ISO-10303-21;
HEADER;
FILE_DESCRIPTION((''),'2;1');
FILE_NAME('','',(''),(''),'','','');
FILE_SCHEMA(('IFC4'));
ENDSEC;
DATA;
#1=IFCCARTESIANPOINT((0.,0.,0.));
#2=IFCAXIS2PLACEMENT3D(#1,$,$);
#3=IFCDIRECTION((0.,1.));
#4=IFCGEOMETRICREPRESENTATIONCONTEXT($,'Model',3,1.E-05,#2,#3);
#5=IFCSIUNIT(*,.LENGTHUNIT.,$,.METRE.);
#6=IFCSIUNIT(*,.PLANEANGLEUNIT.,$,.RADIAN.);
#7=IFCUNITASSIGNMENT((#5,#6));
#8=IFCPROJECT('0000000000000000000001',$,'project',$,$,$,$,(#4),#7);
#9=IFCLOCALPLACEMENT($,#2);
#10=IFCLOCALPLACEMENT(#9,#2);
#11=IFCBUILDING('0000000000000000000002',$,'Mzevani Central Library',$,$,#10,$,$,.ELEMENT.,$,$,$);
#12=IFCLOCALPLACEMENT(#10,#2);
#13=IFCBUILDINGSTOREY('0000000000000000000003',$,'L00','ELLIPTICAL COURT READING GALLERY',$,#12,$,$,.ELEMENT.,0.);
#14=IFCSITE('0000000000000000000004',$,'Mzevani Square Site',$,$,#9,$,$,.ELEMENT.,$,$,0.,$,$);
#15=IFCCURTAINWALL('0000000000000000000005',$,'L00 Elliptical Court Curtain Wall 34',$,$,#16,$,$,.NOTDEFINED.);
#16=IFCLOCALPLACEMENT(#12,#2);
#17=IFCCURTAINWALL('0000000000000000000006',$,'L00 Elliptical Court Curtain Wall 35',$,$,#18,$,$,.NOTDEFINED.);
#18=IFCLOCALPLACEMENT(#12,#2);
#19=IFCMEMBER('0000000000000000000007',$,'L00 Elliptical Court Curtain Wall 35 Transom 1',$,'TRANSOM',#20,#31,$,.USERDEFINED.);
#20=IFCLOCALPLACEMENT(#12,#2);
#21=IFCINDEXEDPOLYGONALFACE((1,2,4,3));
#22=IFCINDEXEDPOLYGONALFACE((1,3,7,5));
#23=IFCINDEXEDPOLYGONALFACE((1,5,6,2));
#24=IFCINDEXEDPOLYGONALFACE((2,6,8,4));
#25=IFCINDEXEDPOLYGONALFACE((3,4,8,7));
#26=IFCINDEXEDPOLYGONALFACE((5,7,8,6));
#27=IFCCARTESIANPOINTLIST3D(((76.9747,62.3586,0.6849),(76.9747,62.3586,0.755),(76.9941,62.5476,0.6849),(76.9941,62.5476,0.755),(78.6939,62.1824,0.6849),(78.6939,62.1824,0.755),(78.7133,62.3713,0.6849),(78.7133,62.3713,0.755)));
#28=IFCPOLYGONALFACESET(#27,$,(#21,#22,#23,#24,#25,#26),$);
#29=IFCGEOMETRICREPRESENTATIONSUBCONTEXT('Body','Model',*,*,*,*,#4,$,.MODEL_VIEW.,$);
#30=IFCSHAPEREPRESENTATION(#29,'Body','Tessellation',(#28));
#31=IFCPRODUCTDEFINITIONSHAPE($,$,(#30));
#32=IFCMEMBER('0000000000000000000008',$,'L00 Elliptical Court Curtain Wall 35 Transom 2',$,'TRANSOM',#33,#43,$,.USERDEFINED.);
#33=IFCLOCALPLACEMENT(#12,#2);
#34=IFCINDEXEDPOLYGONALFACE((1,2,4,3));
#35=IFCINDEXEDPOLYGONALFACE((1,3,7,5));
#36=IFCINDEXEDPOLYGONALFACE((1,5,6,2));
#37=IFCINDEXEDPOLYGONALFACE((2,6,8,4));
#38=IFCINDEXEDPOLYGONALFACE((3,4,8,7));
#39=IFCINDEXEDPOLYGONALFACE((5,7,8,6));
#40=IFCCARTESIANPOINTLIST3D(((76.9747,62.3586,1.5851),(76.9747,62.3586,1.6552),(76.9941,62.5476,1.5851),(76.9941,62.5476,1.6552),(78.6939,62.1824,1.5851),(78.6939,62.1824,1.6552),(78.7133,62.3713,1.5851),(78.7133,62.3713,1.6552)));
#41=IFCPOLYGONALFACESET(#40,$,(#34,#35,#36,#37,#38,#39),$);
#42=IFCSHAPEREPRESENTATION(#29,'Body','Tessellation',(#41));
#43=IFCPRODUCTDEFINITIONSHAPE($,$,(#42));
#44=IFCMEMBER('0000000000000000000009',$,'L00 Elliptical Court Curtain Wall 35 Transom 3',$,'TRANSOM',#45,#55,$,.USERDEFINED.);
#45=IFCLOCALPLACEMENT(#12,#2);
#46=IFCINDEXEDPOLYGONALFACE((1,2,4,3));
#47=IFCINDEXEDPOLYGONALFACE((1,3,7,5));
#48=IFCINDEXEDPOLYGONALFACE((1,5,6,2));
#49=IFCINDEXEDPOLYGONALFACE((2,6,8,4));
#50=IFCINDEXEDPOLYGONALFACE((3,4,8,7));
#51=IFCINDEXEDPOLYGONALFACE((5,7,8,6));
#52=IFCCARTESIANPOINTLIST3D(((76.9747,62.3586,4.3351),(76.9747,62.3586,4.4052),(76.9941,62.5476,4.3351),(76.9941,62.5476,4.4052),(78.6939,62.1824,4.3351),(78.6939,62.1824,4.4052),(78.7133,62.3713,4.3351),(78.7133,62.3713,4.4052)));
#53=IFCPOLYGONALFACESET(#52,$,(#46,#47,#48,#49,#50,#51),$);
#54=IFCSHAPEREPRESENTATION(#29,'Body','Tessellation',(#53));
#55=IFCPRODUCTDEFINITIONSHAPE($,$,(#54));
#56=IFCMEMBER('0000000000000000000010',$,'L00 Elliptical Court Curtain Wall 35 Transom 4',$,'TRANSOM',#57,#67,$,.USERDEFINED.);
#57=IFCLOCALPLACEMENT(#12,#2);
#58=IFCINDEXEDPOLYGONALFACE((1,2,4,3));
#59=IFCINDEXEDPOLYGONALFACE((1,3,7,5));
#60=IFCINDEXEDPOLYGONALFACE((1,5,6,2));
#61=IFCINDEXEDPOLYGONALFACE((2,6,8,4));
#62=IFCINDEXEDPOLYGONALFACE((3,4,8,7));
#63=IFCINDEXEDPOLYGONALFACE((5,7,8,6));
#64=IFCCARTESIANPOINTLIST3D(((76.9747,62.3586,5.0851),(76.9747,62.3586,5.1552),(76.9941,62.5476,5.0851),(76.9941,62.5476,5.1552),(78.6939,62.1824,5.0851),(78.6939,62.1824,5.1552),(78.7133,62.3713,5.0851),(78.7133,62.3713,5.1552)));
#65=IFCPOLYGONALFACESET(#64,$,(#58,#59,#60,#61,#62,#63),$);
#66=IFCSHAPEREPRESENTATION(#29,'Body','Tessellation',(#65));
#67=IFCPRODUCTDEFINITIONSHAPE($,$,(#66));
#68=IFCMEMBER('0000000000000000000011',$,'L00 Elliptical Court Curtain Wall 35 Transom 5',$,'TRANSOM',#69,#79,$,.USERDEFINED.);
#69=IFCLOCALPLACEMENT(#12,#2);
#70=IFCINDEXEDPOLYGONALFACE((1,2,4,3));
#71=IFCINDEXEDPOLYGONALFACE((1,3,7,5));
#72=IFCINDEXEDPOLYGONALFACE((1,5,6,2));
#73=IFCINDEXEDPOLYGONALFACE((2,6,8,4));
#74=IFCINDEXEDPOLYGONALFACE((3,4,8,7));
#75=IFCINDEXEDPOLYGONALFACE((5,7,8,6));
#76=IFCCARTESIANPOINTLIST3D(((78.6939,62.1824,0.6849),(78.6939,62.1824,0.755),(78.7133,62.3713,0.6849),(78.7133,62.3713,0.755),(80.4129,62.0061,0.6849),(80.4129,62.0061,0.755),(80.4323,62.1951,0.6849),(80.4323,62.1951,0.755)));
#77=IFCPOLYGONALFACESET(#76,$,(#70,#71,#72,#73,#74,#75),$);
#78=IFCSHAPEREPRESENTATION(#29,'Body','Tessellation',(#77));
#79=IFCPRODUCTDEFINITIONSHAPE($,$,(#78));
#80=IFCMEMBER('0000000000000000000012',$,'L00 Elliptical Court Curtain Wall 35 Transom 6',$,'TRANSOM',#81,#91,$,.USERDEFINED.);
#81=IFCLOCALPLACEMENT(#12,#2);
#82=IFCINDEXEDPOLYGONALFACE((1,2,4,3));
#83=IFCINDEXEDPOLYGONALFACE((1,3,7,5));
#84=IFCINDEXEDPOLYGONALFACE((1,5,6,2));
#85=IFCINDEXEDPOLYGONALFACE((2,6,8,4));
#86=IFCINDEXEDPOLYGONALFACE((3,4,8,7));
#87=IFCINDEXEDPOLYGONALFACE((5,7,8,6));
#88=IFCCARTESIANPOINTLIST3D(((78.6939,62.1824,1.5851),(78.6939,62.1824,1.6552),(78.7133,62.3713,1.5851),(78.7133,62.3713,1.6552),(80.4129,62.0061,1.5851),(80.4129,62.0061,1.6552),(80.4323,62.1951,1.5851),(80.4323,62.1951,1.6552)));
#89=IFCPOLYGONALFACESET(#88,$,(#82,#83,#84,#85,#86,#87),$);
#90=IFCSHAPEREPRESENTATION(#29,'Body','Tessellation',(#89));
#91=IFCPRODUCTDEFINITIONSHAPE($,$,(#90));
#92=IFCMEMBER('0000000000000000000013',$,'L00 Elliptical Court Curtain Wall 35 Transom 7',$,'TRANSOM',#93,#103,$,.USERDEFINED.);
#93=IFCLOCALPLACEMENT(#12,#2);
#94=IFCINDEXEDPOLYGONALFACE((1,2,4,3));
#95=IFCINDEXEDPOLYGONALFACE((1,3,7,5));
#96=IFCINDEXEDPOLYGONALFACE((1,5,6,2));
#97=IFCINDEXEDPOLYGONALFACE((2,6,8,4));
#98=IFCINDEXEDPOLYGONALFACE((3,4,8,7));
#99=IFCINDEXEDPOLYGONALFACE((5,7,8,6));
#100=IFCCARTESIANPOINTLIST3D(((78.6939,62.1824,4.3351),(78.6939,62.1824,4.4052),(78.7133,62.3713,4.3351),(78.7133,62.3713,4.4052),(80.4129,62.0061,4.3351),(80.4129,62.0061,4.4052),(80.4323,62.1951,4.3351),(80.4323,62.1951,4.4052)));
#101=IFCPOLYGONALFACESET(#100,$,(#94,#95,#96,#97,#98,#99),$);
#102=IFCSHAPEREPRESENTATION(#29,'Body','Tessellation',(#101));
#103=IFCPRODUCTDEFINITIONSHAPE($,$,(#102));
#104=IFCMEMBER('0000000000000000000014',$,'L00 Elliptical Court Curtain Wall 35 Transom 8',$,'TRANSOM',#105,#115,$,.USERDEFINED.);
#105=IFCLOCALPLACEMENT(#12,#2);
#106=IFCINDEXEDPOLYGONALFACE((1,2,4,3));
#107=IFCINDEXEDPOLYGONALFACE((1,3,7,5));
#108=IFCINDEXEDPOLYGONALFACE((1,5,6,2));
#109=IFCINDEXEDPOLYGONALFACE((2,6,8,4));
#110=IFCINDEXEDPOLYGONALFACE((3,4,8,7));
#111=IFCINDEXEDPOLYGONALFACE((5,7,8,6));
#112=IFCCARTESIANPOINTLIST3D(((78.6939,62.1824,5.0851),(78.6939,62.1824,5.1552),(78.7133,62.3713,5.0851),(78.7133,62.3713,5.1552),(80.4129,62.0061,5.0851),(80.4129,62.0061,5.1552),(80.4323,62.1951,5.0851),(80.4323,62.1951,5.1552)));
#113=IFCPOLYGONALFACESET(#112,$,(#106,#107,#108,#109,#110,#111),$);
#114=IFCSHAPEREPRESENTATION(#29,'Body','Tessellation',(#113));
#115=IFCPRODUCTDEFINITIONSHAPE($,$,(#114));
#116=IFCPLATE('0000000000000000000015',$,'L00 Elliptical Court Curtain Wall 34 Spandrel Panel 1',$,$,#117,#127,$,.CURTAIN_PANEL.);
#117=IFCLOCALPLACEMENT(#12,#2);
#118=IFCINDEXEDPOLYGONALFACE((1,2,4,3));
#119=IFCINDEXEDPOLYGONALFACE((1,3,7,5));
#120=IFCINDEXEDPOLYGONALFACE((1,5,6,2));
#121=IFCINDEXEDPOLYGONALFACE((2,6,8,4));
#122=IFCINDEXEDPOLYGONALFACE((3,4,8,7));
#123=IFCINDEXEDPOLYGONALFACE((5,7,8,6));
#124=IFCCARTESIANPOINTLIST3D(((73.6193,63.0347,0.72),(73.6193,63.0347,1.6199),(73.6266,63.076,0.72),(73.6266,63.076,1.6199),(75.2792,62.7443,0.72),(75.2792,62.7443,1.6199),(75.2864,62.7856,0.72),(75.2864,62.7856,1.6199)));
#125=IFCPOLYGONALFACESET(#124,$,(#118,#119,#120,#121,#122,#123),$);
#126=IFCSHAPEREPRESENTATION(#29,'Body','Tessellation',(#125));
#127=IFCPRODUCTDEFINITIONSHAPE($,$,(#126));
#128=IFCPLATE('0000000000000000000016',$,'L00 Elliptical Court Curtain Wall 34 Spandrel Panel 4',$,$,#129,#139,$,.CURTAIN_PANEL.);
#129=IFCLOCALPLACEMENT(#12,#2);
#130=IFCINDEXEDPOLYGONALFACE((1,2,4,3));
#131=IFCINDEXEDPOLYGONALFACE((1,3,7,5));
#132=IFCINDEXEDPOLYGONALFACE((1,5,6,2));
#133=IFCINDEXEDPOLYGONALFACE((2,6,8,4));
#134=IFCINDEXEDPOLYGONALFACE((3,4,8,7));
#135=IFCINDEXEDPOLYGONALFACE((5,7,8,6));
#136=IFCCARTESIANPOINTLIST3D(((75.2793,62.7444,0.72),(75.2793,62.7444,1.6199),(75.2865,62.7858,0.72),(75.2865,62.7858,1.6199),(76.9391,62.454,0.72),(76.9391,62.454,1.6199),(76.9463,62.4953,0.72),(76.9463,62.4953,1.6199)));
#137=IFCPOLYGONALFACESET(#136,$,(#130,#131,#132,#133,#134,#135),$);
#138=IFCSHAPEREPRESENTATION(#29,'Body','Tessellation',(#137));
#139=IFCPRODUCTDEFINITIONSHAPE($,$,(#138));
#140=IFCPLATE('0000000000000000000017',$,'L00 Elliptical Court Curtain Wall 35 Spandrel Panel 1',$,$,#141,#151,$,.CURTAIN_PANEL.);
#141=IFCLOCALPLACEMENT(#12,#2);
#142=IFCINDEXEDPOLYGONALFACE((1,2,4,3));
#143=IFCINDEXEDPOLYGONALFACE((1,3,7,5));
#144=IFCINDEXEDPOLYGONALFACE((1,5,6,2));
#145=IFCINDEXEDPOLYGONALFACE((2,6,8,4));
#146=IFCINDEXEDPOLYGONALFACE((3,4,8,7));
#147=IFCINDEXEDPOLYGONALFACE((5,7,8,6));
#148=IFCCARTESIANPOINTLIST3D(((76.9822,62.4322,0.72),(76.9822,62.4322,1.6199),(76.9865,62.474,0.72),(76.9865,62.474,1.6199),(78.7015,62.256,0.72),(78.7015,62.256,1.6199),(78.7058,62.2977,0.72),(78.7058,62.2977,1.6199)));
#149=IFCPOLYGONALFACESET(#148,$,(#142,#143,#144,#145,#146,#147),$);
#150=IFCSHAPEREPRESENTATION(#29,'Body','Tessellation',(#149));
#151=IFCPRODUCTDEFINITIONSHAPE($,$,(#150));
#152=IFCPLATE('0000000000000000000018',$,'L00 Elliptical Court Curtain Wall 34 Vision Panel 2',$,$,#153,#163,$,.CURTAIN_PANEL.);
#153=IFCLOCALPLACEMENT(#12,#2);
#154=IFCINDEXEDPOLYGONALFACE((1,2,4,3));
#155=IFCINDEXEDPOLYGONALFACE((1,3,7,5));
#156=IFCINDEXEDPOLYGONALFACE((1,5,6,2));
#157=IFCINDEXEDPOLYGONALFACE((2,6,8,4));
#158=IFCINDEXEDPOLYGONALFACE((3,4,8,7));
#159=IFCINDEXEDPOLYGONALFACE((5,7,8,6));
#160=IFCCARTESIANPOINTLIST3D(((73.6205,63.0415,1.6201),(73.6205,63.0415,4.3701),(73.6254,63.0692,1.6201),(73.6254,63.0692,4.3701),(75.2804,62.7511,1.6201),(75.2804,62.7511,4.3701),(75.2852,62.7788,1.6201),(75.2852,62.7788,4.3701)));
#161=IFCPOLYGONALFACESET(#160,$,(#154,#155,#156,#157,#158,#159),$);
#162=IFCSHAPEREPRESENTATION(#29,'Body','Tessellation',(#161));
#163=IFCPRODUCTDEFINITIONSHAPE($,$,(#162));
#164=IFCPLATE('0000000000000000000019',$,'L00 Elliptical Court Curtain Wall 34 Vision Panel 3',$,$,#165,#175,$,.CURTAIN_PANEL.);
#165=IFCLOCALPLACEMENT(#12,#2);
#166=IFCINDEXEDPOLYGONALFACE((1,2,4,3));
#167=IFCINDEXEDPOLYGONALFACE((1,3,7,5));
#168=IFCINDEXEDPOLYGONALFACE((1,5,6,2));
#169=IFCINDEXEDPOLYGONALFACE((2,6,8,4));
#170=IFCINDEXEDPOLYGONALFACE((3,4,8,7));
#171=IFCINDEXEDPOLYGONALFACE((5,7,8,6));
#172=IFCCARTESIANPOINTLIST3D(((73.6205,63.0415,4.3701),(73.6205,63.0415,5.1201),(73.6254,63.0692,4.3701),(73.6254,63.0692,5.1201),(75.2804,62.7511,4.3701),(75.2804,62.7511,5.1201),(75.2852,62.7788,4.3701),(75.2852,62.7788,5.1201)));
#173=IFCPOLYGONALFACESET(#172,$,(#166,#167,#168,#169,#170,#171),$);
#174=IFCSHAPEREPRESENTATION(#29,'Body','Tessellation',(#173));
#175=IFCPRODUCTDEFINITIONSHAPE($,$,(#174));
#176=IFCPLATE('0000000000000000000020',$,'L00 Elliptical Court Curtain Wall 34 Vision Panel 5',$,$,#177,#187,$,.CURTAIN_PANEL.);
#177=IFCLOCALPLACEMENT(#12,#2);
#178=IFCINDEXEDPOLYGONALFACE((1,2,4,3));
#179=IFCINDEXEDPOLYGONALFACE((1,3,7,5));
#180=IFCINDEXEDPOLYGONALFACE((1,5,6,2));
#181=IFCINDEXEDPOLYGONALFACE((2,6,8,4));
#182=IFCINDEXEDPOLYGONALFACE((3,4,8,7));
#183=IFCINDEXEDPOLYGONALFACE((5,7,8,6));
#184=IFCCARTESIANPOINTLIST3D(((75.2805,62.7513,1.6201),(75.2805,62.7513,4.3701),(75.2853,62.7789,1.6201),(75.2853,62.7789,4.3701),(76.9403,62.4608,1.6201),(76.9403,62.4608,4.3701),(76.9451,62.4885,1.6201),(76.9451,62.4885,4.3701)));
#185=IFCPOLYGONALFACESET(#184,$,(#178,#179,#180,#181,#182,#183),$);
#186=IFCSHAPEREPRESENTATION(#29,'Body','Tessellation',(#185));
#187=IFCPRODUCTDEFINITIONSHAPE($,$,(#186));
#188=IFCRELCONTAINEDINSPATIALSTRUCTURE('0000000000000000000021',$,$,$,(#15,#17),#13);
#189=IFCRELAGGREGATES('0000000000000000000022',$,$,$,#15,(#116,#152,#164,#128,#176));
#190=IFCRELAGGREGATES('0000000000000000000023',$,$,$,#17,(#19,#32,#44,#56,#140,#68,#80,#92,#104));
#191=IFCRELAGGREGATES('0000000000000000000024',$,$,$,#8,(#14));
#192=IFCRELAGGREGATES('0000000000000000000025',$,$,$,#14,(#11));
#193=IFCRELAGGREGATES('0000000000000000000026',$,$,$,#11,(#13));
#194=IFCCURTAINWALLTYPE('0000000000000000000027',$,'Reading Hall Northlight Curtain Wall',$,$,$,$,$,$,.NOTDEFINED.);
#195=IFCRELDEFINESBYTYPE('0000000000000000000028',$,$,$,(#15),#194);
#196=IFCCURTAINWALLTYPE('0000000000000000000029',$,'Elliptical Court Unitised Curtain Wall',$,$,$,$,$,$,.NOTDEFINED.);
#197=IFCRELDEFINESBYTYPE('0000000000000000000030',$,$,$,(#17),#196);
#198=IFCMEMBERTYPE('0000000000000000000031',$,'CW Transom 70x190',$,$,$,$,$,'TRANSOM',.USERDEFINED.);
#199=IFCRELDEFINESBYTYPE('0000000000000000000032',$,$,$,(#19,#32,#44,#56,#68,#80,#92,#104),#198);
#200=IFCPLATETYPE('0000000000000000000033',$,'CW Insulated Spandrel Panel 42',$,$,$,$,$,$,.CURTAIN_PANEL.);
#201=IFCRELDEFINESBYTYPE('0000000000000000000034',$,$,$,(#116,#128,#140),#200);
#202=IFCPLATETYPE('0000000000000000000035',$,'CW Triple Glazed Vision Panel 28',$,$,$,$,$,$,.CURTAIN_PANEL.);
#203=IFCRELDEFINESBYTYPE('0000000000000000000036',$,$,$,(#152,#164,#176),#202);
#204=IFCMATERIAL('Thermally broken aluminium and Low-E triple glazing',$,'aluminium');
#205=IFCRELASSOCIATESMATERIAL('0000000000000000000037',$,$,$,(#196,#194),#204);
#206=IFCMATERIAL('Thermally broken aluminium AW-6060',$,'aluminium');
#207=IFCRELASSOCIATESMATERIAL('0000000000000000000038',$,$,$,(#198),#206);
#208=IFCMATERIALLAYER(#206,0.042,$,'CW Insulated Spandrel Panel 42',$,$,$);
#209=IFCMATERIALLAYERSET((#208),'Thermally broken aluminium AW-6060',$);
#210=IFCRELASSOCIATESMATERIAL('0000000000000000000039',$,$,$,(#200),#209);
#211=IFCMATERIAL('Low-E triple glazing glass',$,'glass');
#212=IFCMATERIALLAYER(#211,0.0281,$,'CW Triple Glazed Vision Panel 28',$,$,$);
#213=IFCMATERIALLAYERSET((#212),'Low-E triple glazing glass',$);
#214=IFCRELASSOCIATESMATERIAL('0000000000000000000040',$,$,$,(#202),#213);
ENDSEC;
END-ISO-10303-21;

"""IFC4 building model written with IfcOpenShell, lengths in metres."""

from ifc_helpers import new_model, si_unit, direction, frame, origin, origin_2d, place, context, subcontext, project, spatial, rectangle, extrude, material, layer, layer_set, material_profile, profile_set, type_object, element, aggregate, save


model = new_model("IFC4")

# Units and contexts
model_context = context("Model", 3, precision=1e-05, world=origin(), true_north=direction((0.0, 1.0)))
body_context = subcontext(model_context, "Body", "Model", "MODEL_VIEW")
ifc_project = project(units=[si_unit("LENGTHUNIT", "METRE"), si_unit("PLANEANGLEUNIT", "RADIAN")], contexts=[model_context])

# Site, building, storey
site_placement = place(None, origin())
site = spatial("IfcSite", under=ifc_project, at=site_placement, Name="Mzevani Square Site", CompositionType="ELEMENT", RefElevation=0.0)
building_placement = place(site_placement, origin())
building = spatial("IfcBuilding", under=site, at=building_placement, Name="Mzevani Central Library", CompositionType="ELEMENT")
storey_placement = place(building_placement, origin())
storey = spatial("IfcBuildingStorey", under=building, at=storey_placement, Name="L00", Description="ELLIPTICAL COURT READING GALLERY", CompositionType="ELEMENT", Elevation=0.0)

# Shared definitions
ifc_material_1 = material(Name="Thermally broken aluminium and Low-E triple glazing", Category="aluminium")
curtain_wall_type_1 = type_object("IfcCurtainWallType", Name="Elliptical Court Unitised Curtain Wall", PredefinedType="NOTDEFINED", material=ifc_material_1)
ifc_material_2 = material(Name="Thermally broken aluminium AW-6060", Category="aluminium")

# Curtain wall
curtain_wall_type_2 = type_object("IfcCurtainWallType", Name="Reading Hall Northlight Curtain Wall", PredefinedType="NOTDEFINED", material=ifc_material_1)
curtain_wall_1_placement = place(storey_placement, origin())
curtain_wall_1 = element("IfcCurtainWall", 1, at=curtain_wall_1_placement, inside=storey, type_object=curtain_wall_type_2, Name="L00 Elliptical Court Curtain Wall 34", PredefinedType="NOTDEFINED")

# Curtain wall
curtain_wall_2_placement = place(storey_placement, origin())
curtain_wall_2 = element("IfcCurtainWall", 2, at=curtain_wall_2_placement, inside=storey, type_object=curtain_wall_type_1, Name="L00 Elliptical Court Curtain Wall 35", PredefinedType="NOTDEFINED")

# Members
ifc_material_profile_1 = material_profile(ifc_material_2, rectangle(XDim=0.1899, YDim=0.0701, at=origin_2d()), Name="ALU T70x190")
ifc_profile_set_1 = profile_set([ifc_material_profile_1], Name="Thermally broken aluminium AW-6060")
member_type_1 = type_object("IfcMemberType", Name="CW Transom 70x190", ElementType="TRANSOM", PredefinedType="USERDEFINED", material=ifc_profile_set_1)
member_1_placement = place(storey_placement, frame((76.9844, 62.4531, 0.72), z_axis=(0.994785, -0.101993, 0.0), x_axis=(0.101993, 0.994785, 0.0)))
member_1 = element("IfcMember", 3, at=member_1_placement, type_object=member_type_1, Name="L00 Elliptical Court Curtain Wall 35 Transom 1", ObjectType="TRANSOM", PredefinedType="USERDEFINED", context=body_context, shape_type="SweptSolid", body=[
    extrude(rectangle(XDim=0.1899, YDim=0.0701, at=origin_2d()), origin(), (0.0, 0.0, 1.0), 1.7283),
])
member_2_placement = place(storey_placement, frame((76.9844, 62.4531, 1.6201), z_axis=(0.994785, -0.101993, 0.0), x_axis=(0.101993, 0.994785, 0.0)))
member_2 = element("IfcMember", 4, at=member_2_placement, type_object=member_type_1, Name="L00 Elliptical Court Curtain Wall 35 Transom 2", ObjectType="TRANSOM", PredefinedType="USERDEFINED", context=body_context, shape_type="SweptSolid", body=[
    extrude(rectangle(XDim=0.1899, YDim=0.0701, at=origin_2d()), origin(), (0.0, 0.0, 1.0), 1.7283),
])
member_3_placement = place(storey_placement, frame((76.9844, 62.4531, 4.3701), z_axis=(0.994785, -0.101993, 0.0), x_axis=(0.101993, 0.994785, 0.0)))
member_3 = element("IfcMember", 5, at=member_3_placement, type_object=member_type_1, Name="L00 Elliptical Court Curtain Wall 35 Transom 3", ObjectType="TRANSOM", PredefinedType="USERDEFINED", context=body_context, shape_type="SweptSolid", body=[
    extrude(rectangle(XDim=0.1899, YDim=0.0701, at=origin_2d()), origin(), (0.0, 0.0, 1.0), 1.7283),
])
member_4_placement = place(storey_placement, frame((76.9844, 62.4531, 5.1201), z_axis=(0.994785, -0.101993, 0.0), x_axis=(0.101993, 0.994785, 0.0)))
member_4 = element("IfcMember", 6, at=member_4_placement, type_object=member_type_1, Name="L00 Elliptical Court Curtain Wall 35 Transom 4", ObjectType="TRANSOM", PredefinedType="USERDEFINED", context=body_context, shape_type="SweptSolid", body=[
    extrude(rectangle(XDim=0.1899, YDim=0.0701, at=origin_2d()), origin(), (0.0, 0.0, 1.0), 1.7283),
])
member_5_placement = place(storey_placement, frame((78.7036, 62.2769, 0.72), z_axis=(0.994784, -0.102007, 0.0), x_axis=(0.102007, 0.994784, 0.0)))
member_5 = element("IfcMember", 7, at=member_5_placement, type_object=member_type_1, Name="L00 Elliptical Court Curtain Wall 35 Transom 5", ObjectType="TRANSOM", PredefinedType="USERDEFINED", context=body_context, shape_type="SweptSolid", body=[
    extrude(rectangle(XDim=0.1899, YDim=0.0701, at=origin_2d()), origin(), (0.0, 0.0, 1.0), 1.728),
])
member_6_placement = place(storey_placement, frame((78.7036, 62.2769, 1.6201), z_axis=(0.994784, -0.102007, 0.0), x_axis=(0.102007, 0.994784, 0.0)))
member_6 = element("IfcMember", 8, at=member_6_placement, type_object=member_type_1, Name="L00 Elliptical Court Curtain Wall 35 Transom 6", ObjectType="TRANSOM", PredefinedType="USERDEFINED", context=body_context, shape_type="SweptSolid", body=[
    extrude(rectangle(XDim=0.1899, YDim=0.0701, at=origin_2d()), origin(), (0.0, 0.0, 1.0), 1.728),
])
member_7_placement = place(storey_placement, frame((78.7036, 62.2769, 4.3701), z_axis=(0.994784, -0.102007, 0.0), x_axis=(0.102007, 0.994784, 0.0)))
member_7 = element("IfcMember", 9, at=member_7_placement, type_object=member_type_1, Name="L00 Elliptical Court Curtain Wall 35 Transom 7", ObjectType="TRANSOM", PredefinedType="USERDEFINED", context=body_context, shape_type="SweptSolid", body=[
    extrude(rectangle(XDim=0.1899, YDim=0.0701, at=origin_2d()), origin(), (0.0, 0.0, 1.0), 1.728),
])
member_8_placement = place(storey_placement, frame((78.7036, 62.2769, 5.1201), z_axis=(0.994784, -0.102007, 0.0), x_axis=(0.102007, 0.994784, 0.0)))
member_8 = element("IfcMember", 10, at=member_8_placement, type_object=member_type_1, Name="L00 Elliptical Court Curtain Wall 35 Transom 8", ObjectType="TRANSOM", PredefinedType="USERDEFINED", context=body_context, shape_type="SweptSolid", body=[
    extrude(rectangle(XDim=0.1899, YDim=0.0701, at=origin_2d()), origin(), (0.0, 0.0, 1.0), 1.728),
])

# Plates
ifc_layer_1 = layer(ifc_material_2, 0.042, Name="CW Insulated Spandrel Panel 42")
ifc_layer_set_1 = layer_set([ifc_layer_1], Name="Thermally broken aluminium AW-6060")
plate_type_1 = type_object("IfcPlateType", Name="CW Insulated Spandrel Panel 42", PredefinedType="CURTAIN_PANEL", material=ifc_layer_set_1)
plate_1_placement = place(storey_placement, frame((74.4529, 62.9102, 0.72), z_axis=(0.0, 0.0, 1.0), x_axis=(0.985036, -0.172349, 0.0)))
plate_1 = element("IfcPlate", 11, at=plate_1_placement, type_object=plate_type_1, Name="L00 Elliptical Court Curtain Wall 34 Spandrel Panel 1", PredefinedType="CURTAIN_PANEL", context=body_context, shape_type="SweptSolid", body=[
    extrude(rectangle(XDim=1.6851, YDim=0.042, at=origin_2d()), origin(), (0.0, 0.0, 1.0), 0.8999),
])
plate_2_placement = place(storey_placement, frame((76.1128, 62.6199, 0.72), z_axis=(0.0, 0.0, 1.0), x_axis=(0.985036, -0.172349, 0.0)))
plate_2 = element("IfcPlate", 12, at=plate_2_placement, type_object=plate_type_1, Name="L00 Elliptical Court Curtain Wall 34 Spandrel Panel 4", PredefinedType="CURTAIN_PANEL", context=body_context, shape_type="SweptSolid", body=[
    extrude(rectangle(XDim=1.6851, YDim=0.042, at=origin_2d()), origin(), (0.0, 0.0, 1.0), 0.8999),
])
plate_3_placement = place(storey_placement, frame((77.844, 62.365, 0.72), z_axis=(0.0, 0.0, 1.0), x_axis=(0.994786, -0.101987, 0.0)))
plate_3 = element("IfcPlate", 13, at=plate_3_placement, type_object=plate_type_1, Name="L00 Elliptical Court Curtain Wall 35 Spandrel Panel 1", PredefinedType="CURTAIN_PANEL", context=body_context, shape_type="SweptSolid", body=[
    extrude(rectangle(XDim=1.7283, YDim=0.042, at=origin_2d()), origin(), (0.0, 0.0, 1.0), 0.8999),
])
ifc_material_3 = material(Name="Low-E triple glazing glass", Category="glass")
ifc_layer_2 = layer(ifc_material_3, 0.0281, Name="CW Triple Glazed Vision Panel 28")
ifc_layer_set_2 = layer_set([ifc_layer_2], Name="Low-E triple glazing glass")
plate_type_2 = type_object("IfcPlateType", Name="CW Triple Glazed Vision Panel 28", PredefinedType="CURTAIN_PANEL", material=ifc_layer_set_2)
plate_4_placement = place(storey_placement, frame((74.4529, 62.9102, 1.6201), z_axis=(0.0, 0.0, 1.0), x_axis=(0.985036, -0.172349, 0.0)))
plate_4 = element("IfcPlate", 14, at=plate_4_placement, type_object=plate_type_2, Name="L00 Elliptical Court Curtain Wall 34 Vision Panel 2", PredefinedType="CURTAIN_PANEL", context=body_context, shape_type="SweptSolid", body=[
    extrude(rectangle(XDim=1.6851, YDim=0.0281, at=origin_2d()), origin(), (0.0, 0.0, 1.0), 2.75),
])
plate_5_placement = place(storey_placement, frame((74.4529, 62.9102, 4.3701), z_axis=(0.0, 0.0, 1.0), x_axis=(0.985036, -0.172349, 0.0)))
plate_5 = element("IfcPlate", 15, at=plate_5_placement, type_object=plate_type_2, Name="L00 Elliptical Court Curtain Wall 34 Vision Panel 3", PredefinedType="CURTAIN_PANEL", context=body_context, shape_type="SweptSolid", body=[
    extrude(rectangle(XDim=1.6851, YDim=0.0281, at=origin_2d()), origin(), (0.0, 0.0, 1.0), 0.75),
])
plate_6_placement = place(storey_placement, frame((76.1128, 62.6199, 1.6201), z_axis=(0.0, 0.0, 1.0), x_axis=(0.985036, -0.172349, 0.0)))
plate_6 = element("IfcPlate", 16, at=plate_6_placement, type_object=plate_type_2, Name="L00 Elliptical Court Curtain Wall 34 Vision Panel 5", PredefinedType="CURTAIN_PANEL", context=body_context, shape_type="SweptSolid", body=[
    extrude(rectangle(XDim=1.6851, YDim=0.0281, at=origin_2d()), origin(), (0.0, 0.0, 1.0), 2.75),
])
aggregate(curtain_wall_1, [plate_1, plate_4, plate_5, plate_2, plate_6])
aggregate(curtain_wall_2, [member_1, member_2, member_3, member_4, plate_3, member_5, member_6, member_7, member_8])

save(model, "model.ifc")
